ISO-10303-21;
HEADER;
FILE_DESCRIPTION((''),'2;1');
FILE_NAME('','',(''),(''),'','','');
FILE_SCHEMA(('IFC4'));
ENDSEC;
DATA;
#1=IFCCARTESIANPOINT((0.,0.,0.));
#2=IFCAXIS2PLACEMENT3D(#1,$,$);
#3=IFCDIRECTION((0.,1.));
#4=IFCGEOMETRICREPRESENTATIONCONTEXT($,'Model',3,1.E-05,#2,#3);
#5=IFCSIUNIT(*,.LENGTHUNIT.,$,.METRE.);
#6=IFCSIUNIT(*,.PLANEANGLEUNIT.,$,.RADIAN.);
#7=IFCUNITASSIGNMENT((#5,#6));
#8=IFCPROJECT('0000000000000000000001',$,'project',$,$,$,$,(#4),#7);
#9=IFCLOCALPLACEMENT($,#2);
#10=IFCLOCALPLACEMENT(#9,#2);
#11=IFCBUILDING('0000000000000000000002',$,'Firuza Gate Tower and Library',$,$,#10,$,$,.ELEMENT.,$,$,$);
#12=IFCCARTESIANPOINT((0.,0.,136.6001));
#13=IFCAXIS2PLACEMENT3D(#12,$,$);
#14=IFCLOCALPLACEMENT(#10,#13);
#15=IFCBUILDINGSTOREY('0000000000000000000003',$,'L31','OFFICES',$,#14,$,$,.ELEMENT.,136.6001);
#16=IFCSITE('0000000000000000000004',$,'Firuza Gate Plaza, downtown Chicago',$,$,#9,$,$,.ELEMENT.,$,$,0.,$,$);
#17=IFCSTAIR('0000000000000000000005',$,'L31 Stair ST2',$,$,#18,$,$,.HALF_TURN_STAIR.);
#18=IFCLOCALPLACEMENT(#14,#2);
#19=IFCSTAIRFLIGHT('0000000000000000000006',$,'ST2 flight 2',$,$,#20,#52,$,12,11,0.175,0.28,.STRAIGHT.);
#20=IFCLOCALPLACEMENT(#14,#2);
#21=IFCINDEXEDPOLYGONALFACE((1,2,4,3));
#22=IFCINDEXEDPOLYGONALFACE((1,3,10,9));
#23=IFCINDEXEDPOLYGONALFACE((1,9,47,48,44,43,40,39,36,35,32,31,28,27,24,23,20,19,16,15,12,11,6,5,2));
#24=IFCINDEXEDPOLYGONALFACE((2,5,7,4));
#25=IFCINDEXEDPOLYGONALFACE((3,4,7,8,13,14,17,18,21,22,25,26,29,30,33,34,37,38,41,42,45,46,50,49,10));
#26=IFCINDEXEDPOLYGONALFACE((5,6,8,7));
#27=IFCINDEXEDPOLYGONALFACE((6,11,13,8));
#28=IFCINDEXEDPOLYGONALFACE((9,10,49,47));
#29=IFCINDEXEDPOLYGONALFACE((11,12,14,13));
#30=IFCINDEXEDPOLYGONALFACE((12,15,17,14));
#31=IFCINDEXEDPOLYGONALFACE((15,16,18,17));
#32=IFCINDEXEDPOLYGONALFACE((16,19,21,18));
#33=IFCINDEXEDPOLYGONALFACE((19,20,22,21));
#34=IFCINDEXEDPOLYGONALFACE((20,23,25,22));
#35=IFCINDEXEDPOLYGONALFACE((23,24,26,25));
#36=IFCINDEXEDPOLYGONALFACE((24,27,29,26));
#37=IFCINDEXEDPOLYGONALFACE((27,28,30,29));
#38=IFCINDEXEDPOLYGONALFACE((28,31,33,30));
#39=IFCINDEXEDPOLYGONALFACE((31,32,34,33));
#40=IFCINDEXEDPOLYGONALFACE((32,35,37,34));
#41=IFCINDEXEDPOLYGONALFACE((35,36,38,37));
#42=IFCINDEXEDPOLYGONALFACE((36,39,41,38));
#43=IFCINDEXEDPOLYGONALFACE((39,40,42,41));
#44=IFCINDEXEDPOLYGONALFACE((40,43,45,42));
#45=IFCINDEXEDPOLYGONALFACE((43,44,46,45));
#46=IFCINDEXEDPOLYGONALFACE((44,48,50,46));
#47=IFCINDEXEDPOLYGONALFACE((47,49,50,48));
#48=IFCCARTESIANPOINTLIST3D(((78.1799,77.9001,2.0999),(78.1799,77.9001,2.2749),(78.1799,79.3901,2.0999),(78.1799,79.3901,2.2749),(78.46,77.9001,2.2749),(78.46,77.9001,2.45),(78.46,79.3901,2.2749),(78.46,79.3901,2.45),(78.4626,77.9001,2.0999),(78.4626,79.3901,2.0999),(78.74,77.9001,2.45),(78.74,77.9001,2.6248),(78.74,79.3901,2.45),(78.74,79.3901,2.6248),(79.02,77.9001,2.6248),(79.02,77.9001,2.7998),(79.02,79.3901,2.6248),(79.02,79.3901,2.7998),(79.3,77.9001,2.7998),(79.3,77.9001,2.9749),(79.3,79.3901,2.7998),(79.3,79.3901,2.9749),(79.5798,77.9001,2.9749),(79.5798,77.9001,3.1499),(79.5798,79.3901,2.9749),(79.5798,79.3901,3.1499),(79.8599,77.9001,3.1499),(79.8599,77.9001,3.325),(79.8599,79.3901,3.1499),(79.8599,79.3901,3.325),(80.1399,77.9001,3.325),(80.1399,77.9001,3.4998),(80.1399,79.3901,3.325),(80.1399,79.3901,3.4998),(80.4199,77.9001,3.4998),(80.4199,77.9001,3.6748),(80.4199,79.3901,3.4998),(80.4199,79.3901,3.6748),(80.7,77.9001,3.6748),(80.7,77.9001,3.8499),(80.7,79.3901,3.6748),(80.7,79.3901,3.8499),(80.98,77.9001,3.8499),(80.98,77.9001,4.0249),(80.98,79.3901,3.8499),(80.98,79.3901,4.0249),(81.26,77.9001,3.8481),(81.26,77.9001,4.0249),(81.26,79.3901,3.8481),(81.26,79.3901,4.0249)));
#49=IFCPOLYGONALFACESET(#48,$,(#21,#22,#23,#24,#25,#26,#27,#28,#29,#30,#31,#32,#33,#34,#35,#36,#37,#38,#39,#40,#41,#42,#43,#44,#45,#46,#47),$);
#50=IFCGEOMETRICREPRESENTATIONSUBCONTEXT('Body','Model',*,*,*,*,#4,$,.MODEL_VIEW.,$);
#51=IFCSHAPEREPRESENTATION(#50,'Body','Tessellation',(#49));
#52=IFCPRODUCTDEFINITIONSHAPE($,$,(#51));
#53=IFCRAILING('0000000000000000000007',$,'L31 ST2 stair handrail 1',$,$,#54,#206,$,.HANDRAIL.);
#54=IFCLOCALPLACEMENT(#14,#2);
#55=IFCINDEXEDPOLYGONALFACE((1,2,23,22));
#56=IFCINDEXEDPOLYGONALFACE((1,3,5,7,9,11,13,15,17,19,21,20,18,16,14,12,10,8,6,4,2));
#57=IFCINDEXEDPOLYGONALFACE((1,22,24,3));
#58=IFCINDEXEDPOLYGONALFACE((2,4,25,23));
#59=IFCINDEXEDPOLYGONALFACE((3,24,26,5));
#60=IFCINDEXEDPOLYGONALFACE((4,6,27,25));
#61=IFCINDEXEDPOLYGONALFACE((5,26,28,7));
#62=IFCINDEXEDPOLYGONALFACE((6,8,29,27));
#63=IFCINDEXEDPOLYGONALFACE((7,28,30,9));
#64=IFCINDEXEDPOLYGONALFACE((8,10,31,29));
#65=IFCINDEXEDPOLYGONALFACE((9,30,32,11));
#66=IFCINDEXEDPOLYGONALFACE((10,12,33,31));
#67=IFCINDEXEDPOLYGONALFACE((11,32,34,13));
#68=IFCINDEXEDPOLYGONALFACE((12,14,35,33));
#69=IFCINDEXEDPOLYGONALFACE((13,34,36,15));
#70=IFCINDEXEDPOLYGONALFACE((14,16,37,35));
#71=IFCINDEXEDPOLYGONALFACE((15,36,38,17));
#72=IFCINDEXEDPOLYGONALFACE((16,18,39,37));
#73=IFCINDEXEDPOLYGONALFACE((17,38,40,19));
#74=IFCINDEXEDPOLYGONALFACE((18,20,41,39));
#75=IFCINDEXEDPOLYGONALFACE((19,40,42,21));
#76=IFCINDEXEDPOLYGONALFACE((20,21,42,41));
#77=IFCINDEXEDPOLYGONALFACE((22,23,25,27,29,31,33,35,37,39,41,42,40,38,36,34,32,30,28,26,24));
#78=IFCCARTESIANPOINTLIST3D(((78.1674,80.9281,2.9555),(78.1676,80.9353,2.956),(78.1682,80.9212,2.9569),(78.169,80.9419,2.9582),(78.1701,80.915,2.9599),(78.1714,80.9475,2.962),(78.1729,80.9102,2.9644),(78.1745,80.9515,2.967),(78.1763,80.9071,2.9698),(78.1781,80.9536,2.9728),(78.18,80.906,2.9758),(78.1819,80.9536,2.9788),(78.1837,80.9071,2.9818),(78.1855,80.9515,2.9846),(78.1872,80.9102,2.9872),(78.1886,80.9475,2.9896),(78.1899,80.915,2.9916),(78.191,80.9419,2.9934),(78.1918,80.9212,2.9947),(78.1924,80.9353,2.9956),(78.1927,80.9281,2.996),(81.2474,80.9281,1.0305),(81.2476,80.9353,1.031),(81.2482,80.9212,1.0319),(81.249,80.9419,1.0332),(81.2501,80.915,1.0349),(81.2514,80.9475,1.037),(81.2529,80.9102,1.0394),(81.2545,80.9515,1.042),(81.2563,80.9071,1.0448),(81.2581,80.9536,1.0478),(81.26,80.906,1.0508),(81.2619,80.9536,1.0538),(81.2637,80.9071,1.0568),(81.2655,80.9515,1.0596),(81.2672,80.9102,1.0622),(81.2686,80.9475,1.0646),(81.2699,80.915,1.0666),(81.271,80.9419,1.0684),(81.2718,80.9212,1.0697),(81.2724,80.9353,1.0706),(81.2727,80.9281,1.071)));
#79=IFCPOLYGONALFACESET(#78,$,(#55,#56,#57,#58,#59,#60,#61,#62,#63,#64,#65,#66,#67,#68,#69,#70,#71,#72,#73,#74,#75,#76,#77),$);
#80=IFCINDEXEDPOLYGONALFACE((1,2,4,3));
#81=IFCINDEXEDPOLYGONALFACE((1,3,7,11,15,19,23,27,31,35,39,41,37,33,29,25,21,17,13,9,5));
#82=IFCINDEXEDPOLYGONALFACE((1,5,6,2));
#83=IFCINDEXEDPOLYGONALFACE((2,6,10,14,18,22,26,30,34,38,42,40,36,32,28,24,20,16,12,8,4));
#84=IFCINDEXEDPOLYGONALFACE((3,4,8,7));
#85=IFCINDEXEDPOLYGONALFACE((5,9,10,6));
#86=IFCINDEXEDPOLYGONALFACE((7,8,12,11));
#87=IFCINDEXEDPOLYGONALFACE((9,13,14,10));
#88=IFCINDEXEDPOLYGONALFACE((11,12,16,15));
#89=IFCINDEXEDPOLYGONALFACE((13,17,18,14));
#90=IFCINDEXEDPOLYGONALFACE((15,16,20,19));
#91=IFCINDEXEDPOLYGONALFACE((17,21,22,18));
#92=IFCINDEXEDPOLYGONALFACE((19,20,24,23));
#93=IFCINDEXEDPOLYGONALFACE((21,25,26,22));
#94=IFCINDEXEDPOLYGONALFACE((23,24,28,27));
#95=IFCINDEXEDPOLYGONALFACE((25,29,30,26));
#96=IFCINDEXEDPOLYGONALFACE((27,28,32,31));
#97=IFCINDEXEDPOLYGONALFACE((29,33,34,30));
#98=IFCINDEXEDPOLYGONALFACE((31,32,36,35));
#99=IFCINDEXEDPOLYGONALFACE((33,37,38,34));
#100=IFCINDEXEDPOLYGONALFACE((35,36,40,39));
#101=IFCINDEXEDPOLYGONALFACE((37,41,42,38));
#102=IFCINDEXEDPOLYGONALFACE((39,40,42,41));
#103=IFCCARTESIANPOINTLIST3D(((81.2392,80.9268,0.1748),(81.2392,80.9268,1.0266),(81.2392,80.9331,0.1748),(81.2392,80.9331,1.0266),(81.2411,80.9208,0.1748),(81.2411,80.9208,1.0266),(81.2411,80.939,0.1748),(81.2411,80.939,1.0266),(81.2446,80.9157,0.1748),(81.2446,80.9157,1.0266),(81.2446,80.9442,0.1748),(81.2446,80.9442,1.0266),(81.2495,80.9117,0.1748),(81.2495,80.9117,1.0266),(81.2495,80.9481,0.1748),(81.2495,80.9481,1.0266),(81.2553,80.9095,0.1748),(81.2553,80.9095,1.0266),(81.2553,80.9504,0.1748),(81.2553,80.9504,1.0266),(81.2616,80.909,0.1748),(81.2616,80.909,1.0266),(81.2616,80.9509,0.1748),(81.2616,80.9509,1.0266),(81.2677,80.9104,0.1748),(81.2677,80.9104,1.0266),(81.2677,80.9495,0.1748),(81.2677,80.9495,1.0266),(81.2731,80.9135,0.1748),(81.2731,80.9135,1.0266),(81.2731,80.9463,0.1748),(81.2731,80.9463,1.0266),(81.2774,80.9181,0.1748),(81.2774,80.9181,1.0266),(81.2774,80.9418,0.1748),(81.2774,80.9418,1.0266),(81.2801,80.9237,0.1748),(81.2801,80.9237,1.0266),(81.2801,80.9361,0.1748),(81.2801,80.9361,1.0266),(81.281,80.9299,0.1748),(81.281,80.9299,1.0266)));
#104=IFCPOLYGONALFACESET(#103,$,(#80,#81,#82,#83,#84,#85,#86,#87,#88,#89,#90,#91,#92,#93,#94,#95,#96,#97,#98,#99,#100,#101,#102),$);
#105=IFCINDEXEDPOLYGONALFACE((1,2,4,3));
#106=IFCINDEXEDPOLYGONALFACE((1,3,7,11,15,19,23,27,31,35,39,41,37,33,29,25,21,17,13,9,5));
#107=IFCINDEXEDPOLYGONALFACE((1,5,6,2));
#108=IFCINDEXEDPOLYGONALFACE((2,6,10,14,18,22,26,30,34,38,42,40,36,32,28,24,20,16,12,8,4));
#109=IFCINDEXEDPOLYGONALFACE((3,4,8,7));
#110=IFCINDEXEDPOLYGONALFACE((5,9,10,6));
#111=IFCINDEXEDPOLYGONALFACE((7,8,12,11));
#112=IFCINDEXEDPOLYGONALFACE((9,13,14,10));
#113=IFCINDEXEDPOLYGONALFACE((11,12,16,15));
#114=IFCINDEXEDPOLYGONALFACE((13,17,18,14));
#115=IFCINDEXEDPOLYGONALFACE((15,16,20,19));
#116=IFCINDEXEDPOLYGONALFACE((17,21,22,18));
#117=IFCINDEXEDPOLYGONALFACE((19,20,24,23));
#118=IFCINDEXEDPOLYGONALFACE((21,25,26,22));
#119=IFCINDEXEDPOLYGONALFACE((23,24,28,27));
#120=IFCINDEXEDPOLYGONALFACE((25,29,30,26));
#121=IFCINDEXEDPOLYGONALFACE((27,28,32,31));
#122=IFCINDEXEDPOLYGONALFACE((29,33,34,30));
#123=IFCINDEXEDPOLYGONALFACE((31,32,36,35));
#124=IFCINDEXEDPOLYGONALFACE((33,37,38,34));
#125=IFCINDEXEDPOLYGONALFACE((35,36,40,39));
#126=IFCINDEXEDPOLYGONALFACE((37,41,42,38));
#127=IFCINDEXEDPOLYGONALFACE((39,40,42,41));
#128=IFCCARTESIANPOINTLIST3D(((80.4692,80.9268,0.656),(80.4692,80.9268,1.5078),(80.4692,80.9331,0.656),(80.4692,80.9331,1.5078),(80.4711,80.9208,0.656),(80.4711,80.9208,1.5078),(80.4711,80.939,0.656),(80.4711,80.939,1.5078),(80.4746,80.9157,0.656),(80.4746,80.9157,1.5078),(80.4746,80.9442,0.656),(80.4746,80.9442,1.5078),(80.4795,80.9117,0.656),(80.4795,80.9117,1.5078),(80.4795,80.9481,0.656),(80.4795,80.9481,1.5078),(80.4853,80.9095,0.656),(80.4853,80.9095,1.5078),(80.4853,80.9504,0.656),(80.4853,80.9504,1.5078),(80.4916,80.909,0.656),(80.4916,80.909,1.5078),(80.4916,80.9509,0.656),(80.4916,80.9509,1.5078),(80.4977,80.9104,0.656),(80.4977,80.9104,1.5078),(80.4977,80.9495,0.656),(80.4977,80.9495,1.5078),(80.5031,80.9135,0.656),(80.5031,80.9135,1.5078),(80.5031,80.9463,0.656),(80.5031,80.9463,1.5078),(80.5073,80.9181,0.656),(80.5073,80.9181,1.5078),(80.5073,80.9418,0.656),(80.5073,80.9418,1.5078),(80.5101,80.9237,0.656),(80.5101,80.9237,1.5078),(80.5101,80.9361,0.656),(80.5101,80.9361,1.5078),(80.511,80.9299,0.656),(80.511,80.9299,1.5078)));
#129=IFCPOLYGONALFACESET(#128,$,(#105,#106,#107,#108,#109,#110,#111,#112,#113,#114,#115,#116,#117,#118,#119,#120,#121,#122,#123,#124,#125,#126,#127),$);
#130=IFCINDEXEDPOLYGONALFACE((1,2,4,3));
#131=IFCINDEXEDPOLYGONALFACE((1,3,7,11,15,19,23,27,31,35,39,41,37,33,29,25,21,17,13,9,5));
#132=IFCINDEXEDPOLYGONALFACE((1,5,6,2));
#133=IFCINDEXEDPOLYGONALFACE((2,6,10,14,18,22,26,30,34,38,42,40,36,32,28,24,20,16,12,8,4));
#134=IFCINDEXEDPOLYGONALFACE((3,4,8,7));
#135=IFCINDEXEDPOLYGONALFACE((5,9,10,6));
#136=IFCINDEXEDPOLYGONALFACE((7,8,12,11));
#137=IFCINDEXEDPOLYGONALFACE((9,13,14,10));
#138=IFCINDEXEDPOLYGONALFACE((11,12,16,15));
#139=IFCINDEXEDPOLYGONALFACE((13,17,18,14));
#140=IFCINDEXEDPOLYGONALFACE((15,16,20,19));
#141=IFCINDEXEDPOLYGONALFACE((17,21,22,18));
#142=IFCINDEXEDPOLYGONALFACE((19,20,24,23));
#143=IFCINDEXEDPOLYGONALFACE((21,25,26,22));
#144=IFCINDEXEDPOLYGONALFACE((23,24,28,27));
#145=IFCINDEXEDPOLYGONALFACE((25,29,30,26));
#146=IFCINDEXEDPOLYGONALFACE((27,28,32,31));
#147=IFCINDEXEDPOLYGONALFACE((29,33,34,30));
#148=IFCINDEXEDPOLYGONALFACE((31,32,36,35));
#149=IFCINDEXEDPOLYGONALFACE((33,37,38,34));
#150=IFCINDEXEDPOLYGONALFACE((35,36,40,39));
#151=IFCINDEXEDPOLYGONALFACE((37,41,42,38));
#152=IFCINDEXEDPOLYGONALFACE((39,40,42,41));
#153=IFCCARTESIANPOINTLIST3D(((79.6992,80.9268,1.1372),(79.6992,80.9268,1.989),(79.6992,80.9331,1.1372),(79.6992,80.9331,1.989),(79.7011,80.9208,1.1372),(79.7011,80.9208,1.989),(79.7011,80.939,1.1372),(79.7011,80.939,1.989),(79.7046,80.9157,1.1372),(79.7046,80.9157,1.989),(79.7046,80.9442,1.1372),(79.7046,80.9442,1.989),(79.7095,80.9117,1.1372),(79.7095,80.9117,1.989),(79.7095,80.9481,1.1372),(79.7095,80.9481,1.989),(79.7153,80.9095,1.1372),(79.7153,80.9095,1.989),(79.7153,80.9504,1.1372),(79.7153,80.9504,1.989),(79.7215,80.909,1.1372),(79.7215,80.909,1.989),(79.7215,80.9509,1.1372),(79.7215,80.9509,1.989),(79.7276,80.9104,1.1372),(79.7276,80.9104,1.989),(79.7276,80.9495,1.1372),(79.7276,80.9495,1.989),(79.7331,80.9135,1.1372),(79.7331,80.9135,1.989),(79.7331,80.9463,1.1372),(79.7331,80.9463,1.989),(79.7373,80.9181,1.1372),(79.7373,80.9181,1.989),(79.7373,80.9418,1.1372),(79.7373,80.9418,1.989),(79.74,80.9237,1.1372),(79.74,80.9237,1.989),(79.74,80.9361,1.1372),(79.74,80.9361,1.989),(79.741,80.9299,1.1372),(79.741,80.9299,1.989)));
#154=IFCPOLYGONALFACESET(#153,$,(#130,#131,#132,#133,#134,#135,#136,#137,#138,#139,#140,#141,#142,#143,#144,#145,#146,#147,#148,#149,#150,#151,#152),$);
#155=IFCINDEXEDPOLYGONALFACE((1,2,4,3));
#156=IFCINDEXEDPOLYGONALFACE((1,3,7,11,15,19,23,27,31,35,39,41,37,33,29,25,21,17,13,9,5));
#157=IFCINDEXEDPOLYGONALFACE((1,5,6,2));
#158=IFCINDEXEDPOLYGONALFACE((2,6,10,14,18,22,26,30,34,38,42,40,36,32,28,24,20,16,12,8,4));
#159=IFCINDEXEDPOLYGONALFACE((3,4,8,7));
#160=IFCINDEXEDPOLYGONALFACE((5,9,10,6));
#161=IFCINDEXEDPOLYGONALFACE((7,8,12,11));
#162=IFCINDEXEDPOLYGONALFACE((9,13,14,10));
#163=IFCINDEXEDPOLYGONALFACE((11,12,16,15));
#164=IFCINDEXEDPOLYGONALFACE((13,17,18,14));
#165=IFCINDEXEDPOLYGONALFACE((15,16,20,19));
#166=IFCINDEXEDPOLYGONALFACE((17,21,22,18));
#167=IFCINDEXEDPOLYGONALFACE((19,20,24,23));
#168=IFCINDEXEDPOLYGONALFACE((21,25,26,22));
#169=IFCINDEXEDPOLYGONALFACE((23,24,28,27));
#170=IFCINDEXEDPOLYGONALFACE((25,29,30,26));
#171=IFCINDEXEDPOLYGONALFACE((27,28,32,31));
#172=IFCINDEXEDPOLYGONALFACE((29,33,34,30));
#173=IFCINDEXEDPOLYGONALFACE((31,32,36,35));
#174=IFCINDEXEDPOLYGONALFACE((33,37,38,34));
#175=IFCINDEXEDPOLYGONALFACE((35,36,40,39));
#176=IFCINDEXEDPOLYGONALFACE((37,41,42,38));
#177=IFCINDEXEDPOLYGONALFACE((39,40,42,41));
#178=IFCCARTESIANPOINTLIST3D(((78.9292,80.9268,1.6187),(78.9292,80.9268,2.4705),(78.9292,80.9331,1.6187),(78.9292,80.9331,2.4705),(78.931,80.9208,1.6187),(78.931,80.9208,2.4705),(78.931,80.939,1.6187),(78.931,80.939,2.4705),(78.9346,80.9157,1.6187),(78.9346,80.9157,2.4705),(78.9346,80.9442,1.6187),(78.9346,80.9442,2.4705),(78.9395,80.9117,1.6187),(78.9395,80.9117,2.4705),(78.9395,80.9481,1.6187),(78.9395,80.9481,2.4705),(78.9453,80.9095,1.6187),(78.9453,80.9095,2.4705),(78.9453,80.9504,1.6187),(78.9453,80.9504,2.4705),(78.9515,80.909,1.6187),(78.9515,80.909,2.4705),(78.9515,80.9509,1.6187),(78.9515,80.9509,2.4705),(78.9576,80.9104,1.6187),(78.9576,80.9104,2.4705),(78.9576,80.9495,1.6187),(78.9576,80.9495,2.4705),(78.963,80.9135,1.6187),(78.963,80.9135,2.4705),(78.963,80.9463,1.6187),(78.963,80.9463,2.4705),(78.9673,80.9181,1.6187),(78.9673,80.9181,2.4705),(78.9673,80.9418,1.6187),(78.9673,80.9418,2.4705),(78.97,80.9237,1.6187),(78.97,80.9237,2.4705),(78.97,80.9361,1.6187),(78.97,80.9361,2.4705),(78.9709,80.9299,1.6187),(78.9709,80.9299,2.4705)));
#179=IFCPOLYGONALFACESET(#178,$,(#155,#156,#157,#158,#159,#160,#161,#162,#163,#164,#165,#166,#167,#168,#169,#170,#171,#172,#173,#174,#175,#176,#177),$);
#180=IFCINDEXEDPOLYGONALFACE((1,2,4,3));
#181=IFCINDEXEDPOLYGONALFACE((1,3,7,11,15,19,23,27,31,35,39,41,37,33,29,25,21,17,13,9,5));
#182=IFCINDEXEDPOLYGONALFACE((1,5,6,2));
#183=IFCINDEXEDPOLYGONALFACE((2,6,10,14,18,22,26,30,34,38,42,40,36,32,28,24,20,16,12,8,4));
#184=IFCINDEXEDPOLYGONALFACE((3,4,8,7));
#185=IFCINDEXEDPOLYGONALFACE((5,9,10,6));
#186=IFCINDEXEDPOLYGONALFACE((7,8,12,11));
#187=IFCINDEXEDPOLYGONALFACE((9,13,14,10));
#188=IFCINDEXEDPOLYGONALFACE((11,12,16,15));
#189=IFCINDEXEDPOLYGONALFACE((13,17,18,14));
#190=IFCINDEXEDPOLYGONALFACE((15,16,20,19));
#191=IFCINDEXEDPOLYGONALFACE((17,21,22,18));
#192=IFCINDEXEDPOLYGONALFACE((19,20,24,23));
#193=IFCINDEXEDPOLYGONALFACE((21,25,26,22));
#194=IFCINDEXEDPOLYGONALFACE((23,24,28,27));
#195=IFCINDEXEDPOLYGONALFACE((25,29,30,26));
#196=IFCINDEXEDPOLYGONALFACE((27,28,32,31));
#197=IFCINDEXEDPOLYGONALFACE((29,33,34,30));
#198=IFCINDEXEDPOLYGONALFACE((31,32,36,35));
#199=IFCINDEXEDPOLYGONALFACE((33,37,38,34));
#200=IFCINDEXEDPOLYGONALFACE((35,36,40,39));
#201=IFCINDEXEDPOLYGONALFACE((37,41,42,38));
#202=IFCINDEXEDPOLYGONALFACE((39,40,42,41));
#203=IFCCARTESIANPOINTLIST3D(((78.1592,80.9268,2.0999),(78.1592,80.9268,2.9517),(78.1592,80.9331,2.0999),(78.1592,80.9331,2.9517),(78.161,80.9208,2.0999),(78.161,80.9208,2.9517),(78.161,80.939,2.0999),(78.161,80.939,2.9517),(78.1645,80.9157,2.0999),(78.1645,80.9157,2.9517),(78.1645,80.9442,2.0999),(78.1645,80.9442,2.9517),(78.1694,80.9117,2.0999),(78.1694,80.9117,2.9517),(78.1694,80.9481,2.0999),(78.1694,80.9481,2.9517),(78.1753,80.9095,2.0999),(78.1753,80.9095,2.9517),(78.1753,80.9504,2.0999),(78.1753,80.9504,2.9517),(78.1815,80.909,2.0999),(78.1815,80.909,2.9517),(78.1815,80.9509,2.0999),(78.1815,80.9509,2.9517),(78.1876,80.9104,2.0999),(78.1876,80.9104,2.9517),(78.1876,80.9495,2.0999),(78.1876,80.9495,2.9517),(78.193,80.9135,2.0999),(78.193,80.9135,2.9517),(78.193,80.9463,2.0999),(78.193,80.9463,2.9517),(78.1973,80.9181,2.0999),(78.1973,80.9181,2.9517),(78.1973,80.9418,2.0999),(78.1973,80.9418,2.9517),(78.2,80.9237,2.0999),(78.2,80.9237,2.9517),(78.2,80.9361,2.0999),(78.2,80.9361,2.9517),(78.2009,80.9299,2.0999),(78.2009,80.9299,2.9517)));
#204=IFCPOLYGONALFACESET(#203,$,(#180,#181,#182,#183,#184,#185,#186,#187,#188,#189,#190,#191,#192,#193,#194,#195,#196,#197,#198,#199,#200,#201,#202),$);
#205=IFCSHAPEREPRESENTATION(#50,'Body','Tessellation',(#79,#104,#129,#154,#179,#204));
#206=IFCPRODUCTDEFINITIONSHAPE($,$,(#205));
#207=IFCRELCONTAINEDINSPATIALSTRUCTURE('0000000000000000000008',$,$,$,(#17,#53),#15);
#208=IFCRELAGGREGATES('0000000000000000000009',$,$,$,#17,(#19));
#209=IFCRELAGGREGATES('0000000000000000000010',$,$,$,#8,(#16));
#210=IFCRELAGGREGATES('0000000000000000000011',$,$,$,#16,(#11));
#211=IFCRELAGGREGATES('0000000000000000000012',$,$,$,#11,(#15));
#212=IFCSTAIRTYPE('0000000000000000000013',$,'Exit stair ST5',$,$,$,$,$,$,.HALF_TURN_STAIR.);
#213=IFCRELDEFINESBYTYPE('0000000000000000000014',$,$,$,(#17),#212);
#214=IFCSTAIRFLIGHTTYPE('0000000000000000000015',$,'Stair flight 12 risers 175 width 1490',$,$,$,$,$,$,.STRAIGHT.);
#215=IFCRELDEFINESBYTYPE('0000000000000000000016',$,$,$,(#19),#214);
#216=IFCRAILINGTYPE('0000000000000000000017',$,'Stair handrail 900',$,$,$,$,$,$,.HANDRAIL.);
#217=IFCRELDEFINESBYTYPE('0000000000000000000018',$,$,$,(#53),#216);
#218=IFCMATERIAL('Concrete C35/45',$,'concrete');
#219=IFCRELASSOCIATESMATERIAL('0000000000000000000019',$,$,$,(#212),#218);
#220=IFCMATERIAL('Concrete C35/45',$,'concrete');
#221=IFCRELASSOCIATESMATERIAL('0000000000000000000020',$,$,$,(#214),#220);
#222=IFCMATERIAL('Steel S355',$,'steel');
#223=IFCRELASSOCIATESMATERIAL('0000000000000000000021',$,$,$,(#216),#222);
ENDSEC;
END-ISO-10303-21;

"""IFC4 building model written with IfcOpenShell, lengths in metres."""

from ifc_helpers import new_model, si_unit, direction, frame, origin, origin_2d, place, context, subcontext, project, spatial, polyline, circle, outline, extrude, material, type_object, element, aggregate, save


model = new_model("IFC4")

# Units and contexts
model_context = context("Model", 3, precision=1e-05, world=origin(), true_north=direction((0.0, 1.0)))
body_context = subcontext(model_context, "Body", "Model", "MODEL_VIEW")
ifc_project = project(units=[si_unit("LENGTHUNIT", "METRE"), si_unit("PLANEANGLEUNIT", "RADIAN")], contexts=[model_context])

# Site, building, storey
site_placement = place(None, origin())
site = spatial("IfcSite", under=ifc_project, at=site_placement, Name="Firuza Gate Plaza, downtown Chicago", CompositionType="ELEMENT", RefElevation=0.0)
building_placement = place(site_placement, origin())
building = spatial("IfcBuilding", under=site, at=building_placement, Name="Firuza Gate Tower and Library", CompositionType="ELEMENT")
storey_placement = place(building_placement, frame((0.0, 0.0, 136.6001)))
storey = spatial("IfcBuildingStorey", under=building, at=storey_placement, Name="L31", Description="OFFICES", CompositionType="ELEMENT", Elevation=136.6001)

# Stair, stair flight
ifc_material_1 = material(Name="Concrete C35/45", Category="concrete")
stair_type = type_object("IfcStairType", Name="Exit stair ST5", PredefinedType="HALF_TURN_STAIR", material=ifc_material_1)
stair_placement = place(storey_placement, origin())
stair = element("IfcStair", 1, at=stair_placement, inside=storey, type_object=stair_type, Name="L31 Stair ST2", PredefinedType="HALF_TURN_STAIR")
ifc_material_2 = material(Name="Concrete C35/45", Category="concrete")
stair_flight_type = type_object("IfcStairFlightType", Name="Stair flight 12 risers 175 width 1490", PredefinedType="STRAIGHT", material=ifc_material_2)
stair_flight_1_placement = place(storey_placement, frame((78.1799, 78.645, 2.0999), z_axis=(0.0, 0.0, 1.0), x_axis=(1.0, 0.0, 0.0)))
stair_flight_1 = element("IfcStairFlight", 2, at=stair_flight_1_placement, type_object=stair_flight_type, Name="ST2 flight 2", NumberOfRisers=12, NumberOfTreads=11, PredefinedType="STRAIGHT", RiserHeight=0.175, TreadLength=0.28, context=body_context, shape_type="SweptSolid", body=[
    extrude(outline(polyline([(0.0, 0.0), (0.0, 0.175), (0.28, 0.175), (0.28, 0.3501), (0.5601, 0.3501), (0.5601, 0.5249), (0.8401, 0.5249), (0.8401, 0.7), (1.1201, 0.7), (1.1201, 0.875), (1.3999, 0.875), (1.3999, 1.05), (1.6799, 1.05), (1.6799, 1.2251), (1.96, 1.2251), (1.96, 1.3999), (2.24, 1.3999), (2.24, 1.575), (2.52, 1.575), (2.52, 1.75), (2.8, 1.75), (2.8, 1.925), (3.0801, 1.925), (3.0801, 2.1001), (3.0801, 1.7483), (0.2827, 0.0), (0.0, 0.0)])), frame((0.0, 0.7451, 0.0), z_axis=(0.0, -1.0, 0.0), x_axis=(1.0, 0.0, 0.0)), (0.0, 0.0, 1.0), 1.49),
])
aggregate(stair, [stair_flight_1])

# Railing
ifc_material_3 = material(Name="Steel S355", Category="steel")
railing_type_1 = type_object("IfcRailingType", Name="Stair handrail 900", PredefinedType="HANDRAIL", material=ifc_material_3)
railing_1_placement = place(storey_placement, frame((81.26, 80.9299, 0.1748)))
element("IfcRailing", 3, at=railing_1_placement, inside=storey, type_object=railing_type_1, Name="L31 ST2 stair handrail 1", PredefinedType="HANDRAIL", context=body_context, shape_type="SweptSolid", body=[
    extrude(circle(Radius=0.0239, at=origin_2d()), frame((0.0, 0.0, 0.876), z_axis=(-0.847998, 0.0, 0.529999), x_axis=(0.0, -1.0, 0.0)), (0.0, 0.0, 1.0), 3.6321),
    extrude(circle(Radius=0.021, at=origin_2d()), origin(), (0.0, 0.0, 1.0), 0.8518),
    extrude(circle(Radius=0.021, at=origin_2d()), frame((-0.77, 0.0, 0.4812)), (0.0, 0.0, 1.0), 0.8518),
    extrude(circle(Radius=0.021, at=origin_2d()), frame((-1.54, 0.0, 0.9624)), (0.0, 0.0, 1.0), 0.8518),
    extrude(circle(Radius=0.021, at=origin_2d()), frame((-2.3101, 0.0, 1.4438)), (0.0, 0.0, 1.0), 0.8518),
    extrude(circle(Radius=0.021, at=origin_2d()), frame((-3.0801, 0.0, 1.925)), (0.0, 0.0, 1.0), 0.8518),
])

save(model, "model.ifc")
